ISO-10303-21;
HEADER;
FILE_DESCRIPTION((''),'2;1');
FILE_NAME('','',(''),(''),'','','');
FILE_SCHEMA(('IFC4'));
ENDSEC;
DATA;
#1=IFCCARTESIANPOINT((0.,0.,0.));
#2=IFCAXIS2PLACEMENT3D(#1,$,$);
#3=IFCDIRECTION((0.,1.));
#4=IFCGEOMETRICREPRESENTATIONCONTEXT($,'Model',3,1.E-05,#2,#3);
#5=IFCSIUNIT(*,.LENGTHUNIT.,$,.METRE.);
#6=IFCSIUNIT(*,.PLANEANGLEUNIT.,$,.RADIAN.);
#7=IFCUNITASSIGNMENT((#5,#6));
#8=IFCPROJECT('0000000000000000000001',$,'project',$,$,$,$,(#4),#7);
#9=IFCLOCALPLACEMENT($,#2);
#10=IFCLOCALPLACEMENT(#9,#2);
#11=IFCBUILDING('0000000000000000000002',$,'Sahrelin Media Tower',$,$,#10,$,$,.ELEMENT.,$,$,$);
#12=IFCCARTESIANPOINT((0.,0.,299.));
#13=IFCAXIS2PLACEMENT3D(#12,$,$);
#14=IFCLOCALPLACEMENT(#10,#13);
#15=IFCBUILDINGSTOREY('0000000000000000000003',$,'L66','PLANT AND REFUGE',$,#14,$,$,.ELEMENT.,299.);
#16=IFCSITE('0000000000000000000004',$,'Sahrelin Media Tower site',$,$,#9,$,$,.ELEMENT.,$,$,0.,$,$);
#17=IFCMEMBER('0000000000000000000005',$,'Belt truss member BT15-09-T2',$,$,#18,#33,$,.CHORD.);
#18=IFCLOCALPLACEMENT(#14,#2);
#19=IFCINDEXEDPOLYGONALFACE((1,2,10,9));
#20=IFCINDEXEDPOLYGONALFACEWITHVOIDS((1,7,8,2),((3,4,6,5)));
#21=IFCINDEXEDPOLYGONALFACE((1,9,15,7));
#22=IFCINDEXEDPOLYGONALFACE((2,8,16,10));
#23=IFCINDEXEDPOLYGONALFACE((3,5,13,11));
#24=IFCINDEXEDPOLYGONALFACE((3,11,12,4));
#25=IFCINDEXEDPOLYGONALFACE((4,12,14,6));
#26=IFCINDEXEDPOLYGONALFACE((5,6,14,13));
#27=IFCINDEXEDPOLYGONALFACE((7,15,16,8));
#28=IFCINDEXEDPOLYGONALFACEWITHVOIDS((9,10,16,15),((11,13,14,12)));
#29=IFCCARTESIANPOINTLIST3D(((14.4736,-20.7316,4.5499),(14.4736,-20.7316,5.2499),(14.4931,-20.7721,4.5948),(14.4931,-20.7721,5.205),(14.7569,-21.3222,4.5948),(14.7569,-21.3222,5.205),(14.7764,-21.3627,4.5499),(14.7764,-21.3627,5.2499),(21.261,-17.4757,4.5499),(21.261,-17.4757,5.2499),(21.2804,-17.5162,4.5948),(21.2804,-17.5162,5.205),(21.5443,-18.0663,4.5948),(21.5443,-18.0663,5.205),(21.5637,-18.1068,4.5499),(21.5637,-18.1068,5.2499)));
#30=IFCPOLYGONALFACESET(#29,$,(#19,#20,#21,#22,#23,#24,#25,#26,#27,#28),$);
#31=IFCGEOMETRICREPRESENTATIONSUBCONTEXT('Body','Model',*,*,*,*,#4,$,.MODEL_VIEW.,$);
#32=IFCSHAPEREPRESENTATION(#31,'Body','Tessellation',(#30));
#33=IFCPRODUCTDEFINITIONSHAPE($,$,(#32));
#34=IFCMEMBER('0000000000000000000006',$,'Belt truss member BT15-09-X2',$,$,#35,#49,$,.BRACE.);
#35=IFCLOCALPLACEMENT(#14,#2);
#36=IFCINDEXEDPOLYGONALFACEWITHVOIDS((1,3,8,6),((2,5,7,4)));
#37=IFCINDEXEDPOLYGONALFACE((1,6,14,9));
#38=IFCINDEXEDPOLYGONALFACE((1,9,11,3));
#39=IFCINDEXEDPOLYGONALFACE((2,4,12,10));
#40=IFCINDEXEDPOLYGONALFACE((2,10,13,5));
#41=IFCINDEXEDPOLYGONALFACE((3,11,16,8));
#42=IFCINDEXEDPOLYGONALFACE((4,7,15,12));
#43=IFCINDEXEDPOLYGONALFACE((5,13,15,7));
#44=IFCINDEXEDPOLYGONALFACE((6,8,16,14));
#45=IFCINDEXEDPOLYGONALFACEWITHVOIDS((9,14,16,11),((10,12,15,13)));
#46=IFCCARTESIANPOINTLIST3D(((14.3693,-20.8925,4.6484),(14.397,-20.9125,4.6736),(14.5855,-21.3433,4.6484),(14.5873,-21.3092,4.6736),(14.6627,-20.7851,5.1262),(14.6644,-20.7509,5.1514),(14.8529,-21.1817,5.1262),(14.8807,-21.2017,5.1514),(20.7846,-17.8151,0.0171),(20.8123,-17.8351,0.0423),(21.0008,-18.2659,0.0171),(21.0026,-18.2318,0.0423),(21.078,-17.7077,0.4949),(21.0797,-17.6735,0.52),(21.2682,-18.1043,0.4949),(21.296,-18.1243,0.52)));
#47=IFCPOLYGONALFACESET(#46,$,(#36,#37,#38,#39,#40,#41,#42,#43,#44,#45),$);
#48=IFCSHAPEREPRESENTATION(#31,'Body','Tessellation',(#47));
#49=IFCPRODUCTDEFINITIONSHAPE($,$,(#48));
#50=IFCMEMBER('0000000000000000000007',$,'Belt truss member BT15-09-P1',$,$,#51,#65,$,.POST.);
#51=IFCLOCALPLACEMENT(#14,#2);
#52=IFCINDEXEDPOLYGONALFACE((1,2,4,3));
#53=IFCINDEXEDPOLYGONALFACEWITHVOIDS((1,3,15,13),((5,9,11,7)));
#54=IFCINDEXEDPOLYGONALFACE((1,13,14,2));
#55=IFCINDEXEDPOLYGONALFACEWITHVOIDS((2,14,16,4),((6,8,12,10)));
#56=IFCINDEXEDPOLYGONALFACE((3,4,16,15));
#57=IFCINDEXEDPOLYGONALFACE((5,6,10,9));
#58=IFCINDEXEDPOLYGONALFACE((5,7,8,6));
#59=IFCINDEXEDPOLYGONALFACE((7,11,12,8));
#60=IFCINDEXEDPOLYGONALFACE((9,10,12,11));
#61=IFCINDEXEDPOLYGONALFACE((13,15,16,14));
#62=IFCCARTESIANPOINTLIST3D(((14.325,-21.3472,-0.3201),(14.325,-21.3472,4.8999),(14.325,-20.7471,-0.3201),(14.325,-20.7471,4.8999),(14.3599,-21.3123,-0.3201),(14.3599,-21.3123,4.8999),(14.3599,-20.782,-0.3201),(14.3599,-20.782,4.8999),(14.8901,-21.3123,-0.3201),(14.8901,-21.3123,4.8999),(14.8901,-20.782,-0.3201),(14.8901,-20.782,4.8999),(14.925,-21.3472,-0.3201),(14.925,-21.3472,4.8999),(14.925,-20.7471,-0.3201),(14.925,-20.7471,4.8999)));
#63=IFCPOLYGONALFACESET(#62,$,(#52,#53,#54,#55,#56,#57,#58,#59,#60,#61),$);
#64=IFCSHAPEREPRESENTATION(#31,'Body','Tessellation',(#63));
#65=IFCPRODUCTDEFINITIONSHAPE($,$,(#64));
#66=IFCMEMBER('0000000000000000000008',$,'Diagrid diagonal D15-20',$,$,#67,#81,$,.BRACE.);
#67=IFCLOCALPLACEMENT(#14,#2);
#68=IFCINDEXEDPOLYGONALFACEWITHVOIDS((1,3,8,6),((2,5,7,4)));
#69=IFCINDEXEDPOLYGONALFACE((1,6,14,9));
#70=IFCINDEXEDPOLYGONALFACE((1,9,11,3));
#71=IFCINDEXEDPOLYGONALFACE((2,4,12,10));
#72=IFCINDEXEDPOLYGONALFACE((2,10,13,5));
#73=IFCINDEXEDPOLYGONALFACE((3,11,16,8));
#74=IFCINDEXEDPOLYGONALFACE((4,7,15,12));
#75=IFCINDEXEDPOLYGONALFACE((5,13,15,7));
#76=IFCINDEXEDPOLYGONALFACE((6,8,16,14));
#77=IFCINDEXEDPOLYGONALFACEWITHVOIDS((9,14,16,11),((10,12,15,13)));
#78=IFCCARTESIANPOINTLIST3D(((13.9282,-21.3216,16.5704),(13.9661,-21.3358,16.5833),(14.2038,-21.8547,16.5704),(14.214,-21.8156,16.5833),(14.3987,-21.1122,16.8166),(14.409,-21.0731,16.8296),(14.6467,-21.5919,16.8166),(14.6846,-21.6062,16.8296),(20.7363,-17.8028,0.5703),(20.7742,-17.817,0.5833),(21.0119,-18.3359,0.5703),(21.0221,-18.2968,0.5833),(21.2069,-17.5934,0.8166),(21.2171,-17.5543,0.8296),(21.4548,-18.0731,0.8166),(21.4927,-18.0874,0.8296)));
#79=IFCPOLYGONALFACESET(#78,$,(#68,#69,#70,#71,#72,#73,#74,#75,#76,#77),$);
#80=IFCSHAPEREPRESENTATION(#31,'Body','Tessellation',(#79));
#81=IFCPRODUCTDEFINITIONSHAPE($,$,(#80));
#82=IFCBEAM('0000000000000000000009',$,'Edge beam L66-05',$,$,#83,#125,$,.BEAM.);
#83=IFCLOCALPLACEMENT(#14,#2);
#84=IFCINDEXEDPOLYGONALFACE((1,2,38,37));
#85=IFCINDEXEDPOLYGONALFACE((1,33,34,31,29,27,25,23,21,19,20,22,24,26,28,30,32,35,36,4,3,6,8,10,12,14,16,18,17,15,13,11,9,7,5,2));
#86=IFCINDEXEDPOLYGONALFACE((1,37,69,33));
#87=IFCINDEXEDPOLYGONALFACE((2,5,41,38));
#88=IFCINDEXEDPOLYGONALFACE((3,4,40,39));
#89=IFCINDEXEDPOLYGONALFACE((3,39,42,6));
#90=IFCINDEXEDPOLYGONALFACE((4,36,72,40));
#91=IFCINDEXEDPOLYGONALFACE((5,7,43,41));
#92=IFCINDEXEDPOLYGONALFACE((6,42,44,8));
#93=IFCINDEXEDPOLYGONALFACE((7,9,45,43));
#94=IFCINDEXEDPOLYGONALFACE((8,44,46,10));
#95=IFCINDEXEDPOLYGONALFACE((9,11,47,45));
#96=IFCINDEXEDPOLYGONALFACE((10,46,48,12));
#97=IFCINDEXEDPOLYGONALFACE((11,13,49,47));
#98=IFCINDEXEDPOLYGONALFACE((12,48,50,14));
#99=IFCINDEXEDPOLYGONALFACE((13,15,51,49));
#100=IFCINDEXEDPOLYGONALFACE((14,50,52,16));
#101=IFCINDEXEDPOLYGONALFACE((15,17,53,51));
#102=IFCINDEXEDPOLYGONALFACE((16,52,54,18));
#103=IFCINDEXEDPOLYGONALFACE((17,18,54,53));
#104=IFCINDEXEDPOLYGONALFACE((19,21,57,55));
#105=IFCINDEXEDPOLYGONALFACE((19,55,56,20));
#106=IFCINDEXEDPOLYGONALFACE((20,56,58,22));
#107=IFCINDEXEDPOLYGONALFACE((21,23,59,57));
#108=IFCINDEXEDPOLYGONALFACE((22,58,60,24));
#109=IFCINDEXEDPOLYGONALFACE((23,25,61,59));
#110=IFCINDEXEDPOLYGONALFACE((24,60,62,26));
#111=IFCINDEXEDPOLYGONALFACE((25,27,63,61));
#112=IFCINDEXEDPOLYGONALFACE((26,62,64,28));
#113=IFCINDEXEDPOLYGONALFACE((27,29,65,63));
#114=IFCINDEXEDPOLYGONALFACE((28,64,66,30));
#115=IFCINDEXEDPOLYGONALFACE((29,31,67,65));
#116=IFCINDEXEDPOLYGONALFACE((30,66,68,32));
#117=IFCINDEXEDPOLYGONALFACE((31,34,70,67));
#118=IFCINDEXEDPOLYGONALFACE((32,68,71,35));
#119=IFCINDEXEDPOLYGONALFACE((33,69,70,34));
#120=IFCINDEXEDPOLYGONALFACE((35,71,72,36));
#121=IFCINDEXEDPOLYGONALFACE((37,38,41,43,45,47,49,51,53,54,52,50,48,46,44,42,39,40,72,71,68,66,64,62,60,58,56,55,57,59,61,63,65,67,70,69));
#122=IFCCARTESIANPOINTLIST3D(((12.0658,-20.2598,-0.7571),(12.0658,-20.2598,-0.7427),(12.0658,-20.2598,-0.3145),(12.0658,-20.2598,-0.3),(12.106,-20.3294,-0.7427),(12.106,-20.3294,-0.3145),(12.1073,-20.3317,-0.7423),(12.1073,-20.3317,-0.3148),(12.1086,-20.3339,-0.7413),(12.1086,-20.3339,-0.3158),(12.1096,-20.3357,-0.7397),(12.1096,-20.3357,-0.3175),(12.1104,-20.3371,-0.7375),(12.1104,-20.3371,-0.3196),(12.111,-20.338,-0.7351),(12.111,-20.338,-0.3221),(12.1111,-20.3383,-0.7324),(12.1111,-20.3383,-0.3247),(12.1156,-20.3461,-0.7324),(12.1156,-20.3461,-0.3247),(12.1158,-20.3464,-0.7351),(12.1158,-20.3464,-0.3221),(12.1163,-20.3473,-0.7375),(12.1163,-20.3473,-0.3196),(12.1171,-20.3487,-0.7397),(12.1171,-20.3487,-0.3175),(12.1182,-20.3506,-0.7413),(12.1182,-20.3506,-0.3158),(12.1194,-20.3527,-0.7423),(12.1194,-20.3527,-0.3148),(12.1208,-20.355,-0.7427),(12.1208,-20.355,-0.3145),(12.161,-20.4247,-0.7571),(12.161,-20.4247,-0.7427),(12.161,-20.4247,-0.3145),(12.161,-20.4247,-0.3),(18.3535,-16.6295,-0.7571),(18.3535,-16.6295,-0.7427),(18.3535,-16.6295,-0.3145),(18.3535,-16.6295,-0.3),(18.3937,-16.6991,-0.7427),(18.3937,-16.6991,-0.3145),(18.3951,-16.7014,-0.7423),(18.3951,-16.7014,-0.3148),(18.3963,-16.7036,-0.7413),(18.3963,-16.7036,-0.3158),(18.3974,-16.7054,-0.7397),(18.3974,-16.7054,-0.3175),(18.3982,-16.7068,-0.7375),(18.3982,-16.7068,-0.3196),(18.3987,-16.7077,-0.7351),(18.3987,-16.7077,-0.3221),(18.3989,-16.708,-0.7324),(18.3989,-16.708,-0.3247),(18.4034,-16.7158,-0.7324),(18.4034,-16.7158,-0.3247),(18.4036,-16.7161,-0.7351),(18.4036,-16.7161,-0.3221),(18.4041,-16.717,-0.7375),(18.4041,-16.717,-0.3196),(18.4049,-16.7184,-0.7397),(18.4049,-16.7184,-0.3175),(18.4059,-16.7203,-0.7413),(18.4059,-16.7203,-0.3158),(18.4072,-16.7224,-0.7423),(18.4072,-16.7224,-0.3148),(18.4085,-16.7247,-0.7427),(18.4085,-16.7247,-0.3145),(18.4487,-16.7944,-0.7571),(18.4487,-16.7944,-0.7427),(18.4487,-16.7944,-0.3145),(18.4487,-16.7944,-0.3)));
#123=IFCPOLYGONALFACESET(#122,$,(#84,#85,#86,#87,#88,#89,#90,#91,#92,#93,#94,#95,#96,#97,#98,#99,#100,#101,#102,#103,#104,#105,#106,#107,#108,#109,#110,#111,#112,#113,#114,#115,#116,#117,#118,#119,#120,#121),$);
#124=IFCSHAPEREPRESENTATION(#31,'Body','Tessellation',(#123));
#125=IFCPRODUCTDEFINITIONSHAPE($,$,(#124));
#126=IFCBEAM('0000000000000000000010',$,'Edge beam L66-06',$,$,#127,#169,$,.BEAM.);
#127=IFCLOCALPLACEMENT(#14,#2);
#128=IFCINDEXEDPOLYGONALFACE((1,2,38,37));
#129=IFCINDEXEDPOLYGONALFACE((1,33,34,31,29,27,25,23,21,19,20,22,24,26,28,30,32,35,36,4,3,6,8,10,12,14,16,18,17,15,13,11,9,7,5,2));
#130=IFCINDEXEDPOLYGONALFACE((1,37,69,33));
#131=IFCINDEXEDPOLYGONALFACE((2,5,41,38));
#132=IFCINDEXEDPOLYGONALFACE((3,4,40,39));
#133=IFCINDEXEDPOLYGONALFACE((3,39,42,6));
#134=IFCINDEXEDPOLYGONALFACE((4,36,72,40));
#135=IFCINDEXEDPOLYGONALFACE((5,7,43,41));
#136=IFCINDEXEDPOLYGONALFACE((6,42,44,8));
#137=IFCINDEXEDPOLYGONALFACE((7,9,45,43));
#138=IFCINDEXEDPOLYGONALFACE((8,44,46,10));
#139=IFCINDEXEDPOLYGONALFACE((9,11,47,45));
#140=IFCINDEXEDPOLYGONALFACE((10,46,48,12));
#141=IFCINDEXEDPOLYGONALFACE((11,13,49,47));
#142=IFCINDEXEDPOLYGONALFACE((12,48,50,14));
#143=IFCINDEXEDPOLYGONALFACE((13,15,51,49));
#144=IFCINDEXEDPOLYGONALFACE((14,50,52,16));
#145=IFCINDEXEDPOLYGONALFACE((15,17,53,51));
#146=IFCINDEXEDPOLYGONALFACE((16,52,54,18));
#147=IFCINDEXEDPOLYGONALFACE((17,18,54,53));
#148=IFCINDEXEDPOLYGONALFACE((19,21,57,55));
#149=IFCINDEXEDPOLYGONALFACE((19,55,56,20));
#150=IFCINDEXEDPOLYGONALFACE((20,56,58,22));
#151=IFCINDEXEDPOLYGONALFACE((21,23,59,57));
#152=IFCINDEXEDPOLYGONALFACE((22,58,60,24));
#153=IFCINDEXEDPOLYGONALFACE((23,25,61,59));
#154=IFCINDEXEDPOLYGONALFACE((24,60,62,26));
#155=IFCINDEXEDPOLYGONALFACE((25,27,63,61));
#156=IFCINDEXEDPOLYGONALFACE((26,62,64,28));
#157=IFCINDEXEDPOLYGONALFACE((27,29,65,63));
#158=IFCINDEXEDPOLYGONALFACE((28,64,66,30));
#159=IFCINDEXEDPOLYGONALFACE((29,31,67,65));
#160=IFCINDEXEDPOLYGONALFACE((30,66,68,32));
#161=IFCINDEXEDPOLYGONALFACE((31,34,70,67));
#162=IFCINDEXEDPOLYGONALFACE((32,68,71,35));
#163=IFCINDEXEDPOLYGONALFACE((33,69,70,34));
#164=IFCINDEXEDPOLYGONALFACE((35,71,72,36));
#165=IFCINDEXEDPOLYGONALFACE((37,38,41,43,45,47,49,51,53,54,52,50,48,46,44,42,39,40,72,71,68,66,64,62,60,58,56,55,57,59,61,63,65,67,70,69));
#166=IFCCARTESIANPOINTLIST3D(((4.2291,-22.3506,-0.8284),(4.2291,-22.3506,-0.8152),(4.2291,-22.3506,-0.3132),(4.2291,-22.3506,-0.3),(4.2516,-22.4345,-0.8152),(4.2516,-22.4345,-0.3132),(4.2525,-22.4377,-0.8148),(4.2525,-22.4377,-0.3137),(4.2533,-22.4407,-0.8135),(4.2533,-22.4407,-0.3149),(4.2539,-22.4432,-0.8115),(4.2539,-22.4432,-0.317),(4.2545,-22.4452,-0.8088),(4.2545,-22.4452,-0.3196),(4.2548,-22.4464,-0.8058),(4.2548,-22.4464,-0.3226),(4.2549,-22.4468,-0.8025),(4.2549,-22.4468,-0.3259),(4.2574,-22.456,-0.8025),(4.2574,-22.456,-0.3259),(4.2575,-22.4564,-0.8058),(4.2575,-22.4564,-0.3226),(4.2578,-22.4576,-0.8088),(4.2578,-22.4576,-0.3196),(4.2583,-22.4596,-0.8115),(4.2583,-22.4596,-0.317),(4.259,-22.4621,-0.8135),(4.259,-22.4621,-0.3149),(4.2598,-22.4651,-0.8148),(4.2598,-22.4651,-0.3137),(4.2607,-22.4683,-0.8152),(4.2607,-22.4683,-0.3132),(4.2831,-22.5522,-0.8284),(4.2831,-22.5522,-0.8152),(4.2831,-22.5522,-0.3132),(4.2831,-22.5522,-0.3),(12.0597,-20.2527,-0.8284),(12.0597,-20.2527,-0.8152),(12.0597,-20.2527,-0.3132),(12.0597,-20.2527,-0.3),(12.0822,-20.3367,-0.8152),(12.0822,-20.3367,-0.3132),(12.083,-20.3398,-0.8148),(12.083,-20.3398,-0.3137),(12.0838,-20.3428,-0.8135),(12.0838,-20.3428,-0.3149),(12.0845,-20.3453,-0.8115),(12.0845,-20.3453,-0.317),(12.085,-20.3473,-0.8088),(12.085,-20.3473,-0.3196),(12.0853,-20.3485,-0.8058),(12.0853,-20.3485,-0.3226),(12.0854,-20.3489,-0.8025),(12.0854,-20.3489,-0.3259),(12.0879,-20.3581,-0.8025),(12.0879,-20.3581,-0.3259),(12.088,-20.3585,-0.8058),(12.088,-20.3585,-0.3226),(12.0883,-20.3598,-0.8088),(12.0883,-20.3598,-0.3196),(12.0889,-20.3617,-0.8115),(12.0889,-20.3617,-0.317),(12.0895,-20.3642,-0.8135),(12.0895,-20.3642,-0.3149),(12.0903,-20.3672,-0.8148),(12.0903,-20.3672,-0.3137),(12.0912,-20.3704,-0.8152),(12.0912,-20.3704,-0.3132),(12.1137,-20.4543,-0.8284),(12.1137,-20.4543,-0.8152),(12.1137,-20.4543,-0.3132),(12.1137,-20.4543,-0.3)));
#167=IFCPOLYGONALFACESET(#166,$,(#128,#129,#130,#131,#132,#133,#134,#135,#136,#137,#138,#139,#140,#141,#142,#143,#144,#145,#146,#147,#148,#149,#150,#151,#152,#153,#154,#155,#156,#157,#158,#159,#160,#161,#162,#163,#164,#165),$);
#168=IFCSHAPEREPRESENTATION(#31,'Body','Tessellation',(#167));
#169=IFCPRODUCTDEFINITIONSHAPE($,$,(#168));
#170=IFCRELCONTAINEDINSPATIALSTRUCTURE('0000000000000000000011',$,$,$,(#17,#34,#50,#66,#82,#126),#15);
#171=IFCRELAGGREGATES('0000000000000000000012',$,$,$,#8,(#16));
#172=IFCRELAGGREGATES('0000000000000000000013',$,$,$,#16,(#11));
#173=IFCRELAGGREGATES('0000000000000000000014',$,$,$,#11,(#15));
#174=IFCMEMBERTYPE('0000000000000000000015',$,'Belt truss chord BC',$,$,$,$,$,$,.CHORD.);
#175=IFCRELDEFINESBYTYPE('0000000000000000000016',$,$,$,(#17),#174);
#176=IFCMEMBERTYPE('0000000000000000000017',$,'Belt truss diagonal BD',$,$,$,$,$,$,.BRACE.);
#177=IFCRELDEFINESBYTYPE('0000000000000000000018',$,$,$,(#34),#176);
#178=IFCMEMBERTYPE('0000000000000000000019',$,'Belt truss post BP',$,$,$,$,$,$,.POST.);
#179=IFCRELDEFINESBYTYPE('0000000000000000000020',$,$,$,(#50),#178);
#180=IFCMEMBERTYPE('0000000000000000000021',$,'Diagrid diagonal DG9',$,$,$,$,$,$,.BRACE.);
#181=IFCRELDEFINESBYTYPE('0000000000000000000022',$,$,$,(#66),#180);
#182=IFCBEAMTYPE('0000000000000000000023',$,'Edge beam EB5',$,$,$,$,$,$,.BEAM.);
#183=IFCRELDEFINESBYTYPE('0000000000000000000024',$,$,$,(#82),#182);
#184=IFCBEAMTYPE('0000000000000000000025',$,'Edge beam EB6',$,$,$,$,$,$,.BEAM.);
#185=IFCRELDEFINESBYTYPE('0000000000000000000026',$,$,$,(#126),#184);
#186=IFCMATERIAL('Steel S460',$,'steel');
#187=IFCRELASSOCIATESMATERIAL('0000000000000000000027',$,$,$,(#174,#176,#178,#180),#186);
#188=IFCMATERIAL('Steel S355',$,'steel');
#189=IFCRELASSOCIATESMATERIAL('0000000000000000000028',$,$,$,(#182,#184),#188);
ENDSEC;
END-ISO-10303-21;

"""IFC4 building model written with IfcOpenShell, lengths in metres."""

from ifc_helpers import new_model, si_unit, direction, frame, origin, origin_2d, place, context, subcontext, project, spatial, hollow_rectangle, i_section, extrude, material, material_profile, profile_set, type_object, element, save


model = new_model("IFC4")

# Units and contexts
model_context = context("Model", 3, precision=1e-05, world=origin(), true_north=direction((0.0, 1.0)))
body_context = subcontext(model_context, "Body", "Model", "MODEL_VIEW")
ifc_project = project(units=[si_unit("LENGTHUNIT", "METRE"), si_unit("PLANEANGLEUNIT", "RADIAN")], contexts=[model_context])

# Site, building, storey
site_placement = place(None, origin())
site = spatial("IfcSite", under=ifc_project, at=site_placement, Name="Sahrelin Media Tower site", CompositionType="ELEMENT", RefElevation=0.0)
building_placement = place(site_placement, origin())
building = spatial("IfcBuilding", under=site, at=building_placement, Name="Sahrelin Media Tower", CompositionType="ELEMENT")
storey_placement = place(building_placement, frame((0.0, 0.0, 299.0)))
storey = spatial("IfcBuildingStorey", under=building, at=storey_placement, Name="L66", Description="PLANT AND REFUGE", CompositionType="ELEMENT", Elevation=299.0)

# Members
ifc_material_1 = material(Name="Steel S460", Category="steel")
ifc_material_profile_1 = material_profile(ifc_material_1, hollow_rectangle(XDim=0.7, YDim=0.7, WallThickness=0.0449, at=origin_2d()), Name="Belt truss chord BC")
ifc_profile_set_1 = profile_set([ifc_material_profile_1], Name="Steel S460")
member_type_1 = type_object("IfcMemberType", Name="Belt truss chord BC", PredefinedType="CHORD", material=ifc_profile_set_1)
member_1_placement = place(storey_placement, frame((14.625, -21.0471, 4.8999), z_axis=(0.90163, 0.432508, 0.0), x_axis=(-0.432508, 0.90163, 0.0)))
element("IfcMember", 1, at=member_1_placement, inside=storey, type_object=member_type_1, Name="Belt truss member BT15-09-T2", PredefinedType="CHORD", context=body_context, shape_type="SweptSolid", body=[
    extrude(hollow_rectangle(XDim=0.7, YDim=0.7, WallThickness=0.0449, at=origin_2d()), origin(), (0.0, 0.0, 1.0), 7.5278),
])
ifc_material_profile_2 = material_profile(ifc_material_1, hollow_rectangle(XDim=0.5, YDim=0.6001, WallThickness=0.03, at=origin_2d()), Name="Belt truss diagonal BD")
ifc_profile_set_2 = profile_set([ifc_material_profile_2], Name="Steel S460")
member_type_2 = type_object("IfcMemberType", Name="Belt truss diagonal BD", PredefinedType="BRACE", material=ifc_profile_set_2)
member_2_placement = place(storey_placement, frame((21.0403, -17.9697, 0.2686), z_axis=(-0.755652, -0.362484, 0.545523), x_axis=(0.432509, -0.90163, 0.0)))
element("IfcMember", 2, at=member_2_placement, inside=storey, type_object=member_type_2, Name="Belt truss member BT15-09-X2", PredefinedType="BRACE", context=body_context, shape_type="SweptSolid", body=[
    extrude(hollow_rectangle(XDim=0.5, YDim=0.6001, WallThickness=0.03, at=origin_2d()), origin(), (0.0, 0.0, 1.0), 8.4897),
])
ifc_material_profile_3 = material_profile(ifc_material_1, hollow_rectangle(XDim=0.6001, YDim=0.6001, WallThickness=0.0349, at=origin_2d()), Name="Belt truss post BP")
ifc_profile_set_3 = profile_set([ifc_material_profile_3], Name="Steel S460")
member_type_3 = type_object("IfcMemberType", Name="Belt truss post BP", PredefinedType="POST", material=ifc_profile_set_3)
member_3_placement = place(storey_placement, frame((14.625, -21.0471, -0.3201), z_axis=(0.0, 0.0, 1.0), x_axis=(1.0, 0.0, 0.0)))
element("IfcMember", 3, at=member_3_placement, inside=storey, type_object=member_type_3, Name="Belt truss member BT15-09-P1", PredefinedType="POST", context=body_context, shape_type="SweptSolid", body=[
    extrude(hollow_rectangle(XDim=0.6001, YDim=0.6001, WallThickness=0.0349, at=origin_2d()), origin(), (0.0, 0.0, 1.0), 5.22),
])
ifc_material_profile_4 = material_profile(ifc_material_1, hollow_rectangle(XDim=0.6001, YDim=0.6001, WallThickness=0.03, at=origin_2d()), Name="Diagrid diagonal DG9")
ifc_profile_set_4 = profile_set([ifc_material_profile_4], Name="Steel S460")
member_type_4 = type_object("IfcMemberType", Name="Diagrid diagonal DG9", PredefinedType="BRACE", material=ifc_profile_set_4)
member_4_placement = place(storey_placement, frame((21.1145, -17.9451, 0.7), z_axis=(-0.383756, -0.198346, 0.901881), x_axis=(0.459152, -0.888358, 0.0)))
element("IfcMember", 4, at=member_4_placement, inside=storey, type_object=member_type_4, Name="Diagrid diagonal D15-20", PredefinedType="BRACE", context=body_context, shape_type="SweptSolid", body=[
    extrude(hollow_rectangle(XDim=0.6001, YDim=0.6001, WallThickness=0.03, at=origin_2d()), origin(), (0.0, 0.0, 1.0), 17.7407),
])

# Beams
ifc_material_2 = material(Name="Steel S355", Category="steel")
ifc_material_profile_5 = material_profile(ifc_material_2, i_section(OverallWidth=0.1904, OverallDepth=0.457, WebThickness=0.009, FlangeThickness=0.0144, FilletRadius=0.0103, at=origin_2d()), Name="UB 457x191x74")
ifc_profile_set_5 = profile_set([ifc_material_profile_5], Name="Steel S355")
beam_type_1 = type_object("IfcBeamType", Name="Edge beam EB5", PredefinedType="BEAM", material=ifc_profile_set_5)
beam_1_placement = place(storey_placement, frame((18.4011, -16.7119, -0.5286), z_axis=(-0.86602, -0.500009, 0.0), x_axis=(0.500009, -0.86602, 0.0)))
element("IfcBeam", 5, at=beam_1_placement, inside=storey, type_object=beam_type_1, Name="Edge beam L66-05", PredefinedType="BEAM", context=body_context, shape_type="SweptSolid", body=[
    extrude(i_section(OverallWidth=0.1904, OverallDepth=0.457, WebThickness=0.009, FlangeThickness=0.0144, FilletRadius=0.0103, at=origin_2d()), origin(), (0.0, 0.0, 1.0), 7.2605),
])
ifc_material_profile_6 = material_profile(ifc_material_2, i_section(OverallWidth=0.2087, OverallDepth=0.5283, WebThickness=0.0095, FlangeThickness=0.0132, FilletRadius=0.0127, at=origin_2d()), Name="UB 533x210x82")
ifc_profile_set_6 = profile_set([ifc_material_profile_6], Name="Steel S355")
beam_type_2 = type_object("IfcBeamType", Name="Edge beam EB6", PredefinedType="BEAM", material=ifc_profile_set_6)
beam_2_placement = place(storey_placement, frame((12.0867, -20.3535, -0.5642), z_axis=(-0.965935, -0.258785, 0.0), x_axis=(0.258785, -0.965935, 0.0)))
element("IfcBeam", 6, at=beam_2_placement, inside=storey, type_object=beam_type_2, Name="Edge beam L66-06", PredefinedType="BEAM", context=body_context, shape_type="SweptSolid", body=[
    extrude(i_section(OverallWidth=0.2087, OverallDepth=0.5283, WebThickness=0.0095, FlangeThickness=0.0132, FilletRadius=0.0127, at=origin_2d()), origin(), (0.0, 0.0, 1.0), 8.1067),
])

save(model, "model.ifc")
